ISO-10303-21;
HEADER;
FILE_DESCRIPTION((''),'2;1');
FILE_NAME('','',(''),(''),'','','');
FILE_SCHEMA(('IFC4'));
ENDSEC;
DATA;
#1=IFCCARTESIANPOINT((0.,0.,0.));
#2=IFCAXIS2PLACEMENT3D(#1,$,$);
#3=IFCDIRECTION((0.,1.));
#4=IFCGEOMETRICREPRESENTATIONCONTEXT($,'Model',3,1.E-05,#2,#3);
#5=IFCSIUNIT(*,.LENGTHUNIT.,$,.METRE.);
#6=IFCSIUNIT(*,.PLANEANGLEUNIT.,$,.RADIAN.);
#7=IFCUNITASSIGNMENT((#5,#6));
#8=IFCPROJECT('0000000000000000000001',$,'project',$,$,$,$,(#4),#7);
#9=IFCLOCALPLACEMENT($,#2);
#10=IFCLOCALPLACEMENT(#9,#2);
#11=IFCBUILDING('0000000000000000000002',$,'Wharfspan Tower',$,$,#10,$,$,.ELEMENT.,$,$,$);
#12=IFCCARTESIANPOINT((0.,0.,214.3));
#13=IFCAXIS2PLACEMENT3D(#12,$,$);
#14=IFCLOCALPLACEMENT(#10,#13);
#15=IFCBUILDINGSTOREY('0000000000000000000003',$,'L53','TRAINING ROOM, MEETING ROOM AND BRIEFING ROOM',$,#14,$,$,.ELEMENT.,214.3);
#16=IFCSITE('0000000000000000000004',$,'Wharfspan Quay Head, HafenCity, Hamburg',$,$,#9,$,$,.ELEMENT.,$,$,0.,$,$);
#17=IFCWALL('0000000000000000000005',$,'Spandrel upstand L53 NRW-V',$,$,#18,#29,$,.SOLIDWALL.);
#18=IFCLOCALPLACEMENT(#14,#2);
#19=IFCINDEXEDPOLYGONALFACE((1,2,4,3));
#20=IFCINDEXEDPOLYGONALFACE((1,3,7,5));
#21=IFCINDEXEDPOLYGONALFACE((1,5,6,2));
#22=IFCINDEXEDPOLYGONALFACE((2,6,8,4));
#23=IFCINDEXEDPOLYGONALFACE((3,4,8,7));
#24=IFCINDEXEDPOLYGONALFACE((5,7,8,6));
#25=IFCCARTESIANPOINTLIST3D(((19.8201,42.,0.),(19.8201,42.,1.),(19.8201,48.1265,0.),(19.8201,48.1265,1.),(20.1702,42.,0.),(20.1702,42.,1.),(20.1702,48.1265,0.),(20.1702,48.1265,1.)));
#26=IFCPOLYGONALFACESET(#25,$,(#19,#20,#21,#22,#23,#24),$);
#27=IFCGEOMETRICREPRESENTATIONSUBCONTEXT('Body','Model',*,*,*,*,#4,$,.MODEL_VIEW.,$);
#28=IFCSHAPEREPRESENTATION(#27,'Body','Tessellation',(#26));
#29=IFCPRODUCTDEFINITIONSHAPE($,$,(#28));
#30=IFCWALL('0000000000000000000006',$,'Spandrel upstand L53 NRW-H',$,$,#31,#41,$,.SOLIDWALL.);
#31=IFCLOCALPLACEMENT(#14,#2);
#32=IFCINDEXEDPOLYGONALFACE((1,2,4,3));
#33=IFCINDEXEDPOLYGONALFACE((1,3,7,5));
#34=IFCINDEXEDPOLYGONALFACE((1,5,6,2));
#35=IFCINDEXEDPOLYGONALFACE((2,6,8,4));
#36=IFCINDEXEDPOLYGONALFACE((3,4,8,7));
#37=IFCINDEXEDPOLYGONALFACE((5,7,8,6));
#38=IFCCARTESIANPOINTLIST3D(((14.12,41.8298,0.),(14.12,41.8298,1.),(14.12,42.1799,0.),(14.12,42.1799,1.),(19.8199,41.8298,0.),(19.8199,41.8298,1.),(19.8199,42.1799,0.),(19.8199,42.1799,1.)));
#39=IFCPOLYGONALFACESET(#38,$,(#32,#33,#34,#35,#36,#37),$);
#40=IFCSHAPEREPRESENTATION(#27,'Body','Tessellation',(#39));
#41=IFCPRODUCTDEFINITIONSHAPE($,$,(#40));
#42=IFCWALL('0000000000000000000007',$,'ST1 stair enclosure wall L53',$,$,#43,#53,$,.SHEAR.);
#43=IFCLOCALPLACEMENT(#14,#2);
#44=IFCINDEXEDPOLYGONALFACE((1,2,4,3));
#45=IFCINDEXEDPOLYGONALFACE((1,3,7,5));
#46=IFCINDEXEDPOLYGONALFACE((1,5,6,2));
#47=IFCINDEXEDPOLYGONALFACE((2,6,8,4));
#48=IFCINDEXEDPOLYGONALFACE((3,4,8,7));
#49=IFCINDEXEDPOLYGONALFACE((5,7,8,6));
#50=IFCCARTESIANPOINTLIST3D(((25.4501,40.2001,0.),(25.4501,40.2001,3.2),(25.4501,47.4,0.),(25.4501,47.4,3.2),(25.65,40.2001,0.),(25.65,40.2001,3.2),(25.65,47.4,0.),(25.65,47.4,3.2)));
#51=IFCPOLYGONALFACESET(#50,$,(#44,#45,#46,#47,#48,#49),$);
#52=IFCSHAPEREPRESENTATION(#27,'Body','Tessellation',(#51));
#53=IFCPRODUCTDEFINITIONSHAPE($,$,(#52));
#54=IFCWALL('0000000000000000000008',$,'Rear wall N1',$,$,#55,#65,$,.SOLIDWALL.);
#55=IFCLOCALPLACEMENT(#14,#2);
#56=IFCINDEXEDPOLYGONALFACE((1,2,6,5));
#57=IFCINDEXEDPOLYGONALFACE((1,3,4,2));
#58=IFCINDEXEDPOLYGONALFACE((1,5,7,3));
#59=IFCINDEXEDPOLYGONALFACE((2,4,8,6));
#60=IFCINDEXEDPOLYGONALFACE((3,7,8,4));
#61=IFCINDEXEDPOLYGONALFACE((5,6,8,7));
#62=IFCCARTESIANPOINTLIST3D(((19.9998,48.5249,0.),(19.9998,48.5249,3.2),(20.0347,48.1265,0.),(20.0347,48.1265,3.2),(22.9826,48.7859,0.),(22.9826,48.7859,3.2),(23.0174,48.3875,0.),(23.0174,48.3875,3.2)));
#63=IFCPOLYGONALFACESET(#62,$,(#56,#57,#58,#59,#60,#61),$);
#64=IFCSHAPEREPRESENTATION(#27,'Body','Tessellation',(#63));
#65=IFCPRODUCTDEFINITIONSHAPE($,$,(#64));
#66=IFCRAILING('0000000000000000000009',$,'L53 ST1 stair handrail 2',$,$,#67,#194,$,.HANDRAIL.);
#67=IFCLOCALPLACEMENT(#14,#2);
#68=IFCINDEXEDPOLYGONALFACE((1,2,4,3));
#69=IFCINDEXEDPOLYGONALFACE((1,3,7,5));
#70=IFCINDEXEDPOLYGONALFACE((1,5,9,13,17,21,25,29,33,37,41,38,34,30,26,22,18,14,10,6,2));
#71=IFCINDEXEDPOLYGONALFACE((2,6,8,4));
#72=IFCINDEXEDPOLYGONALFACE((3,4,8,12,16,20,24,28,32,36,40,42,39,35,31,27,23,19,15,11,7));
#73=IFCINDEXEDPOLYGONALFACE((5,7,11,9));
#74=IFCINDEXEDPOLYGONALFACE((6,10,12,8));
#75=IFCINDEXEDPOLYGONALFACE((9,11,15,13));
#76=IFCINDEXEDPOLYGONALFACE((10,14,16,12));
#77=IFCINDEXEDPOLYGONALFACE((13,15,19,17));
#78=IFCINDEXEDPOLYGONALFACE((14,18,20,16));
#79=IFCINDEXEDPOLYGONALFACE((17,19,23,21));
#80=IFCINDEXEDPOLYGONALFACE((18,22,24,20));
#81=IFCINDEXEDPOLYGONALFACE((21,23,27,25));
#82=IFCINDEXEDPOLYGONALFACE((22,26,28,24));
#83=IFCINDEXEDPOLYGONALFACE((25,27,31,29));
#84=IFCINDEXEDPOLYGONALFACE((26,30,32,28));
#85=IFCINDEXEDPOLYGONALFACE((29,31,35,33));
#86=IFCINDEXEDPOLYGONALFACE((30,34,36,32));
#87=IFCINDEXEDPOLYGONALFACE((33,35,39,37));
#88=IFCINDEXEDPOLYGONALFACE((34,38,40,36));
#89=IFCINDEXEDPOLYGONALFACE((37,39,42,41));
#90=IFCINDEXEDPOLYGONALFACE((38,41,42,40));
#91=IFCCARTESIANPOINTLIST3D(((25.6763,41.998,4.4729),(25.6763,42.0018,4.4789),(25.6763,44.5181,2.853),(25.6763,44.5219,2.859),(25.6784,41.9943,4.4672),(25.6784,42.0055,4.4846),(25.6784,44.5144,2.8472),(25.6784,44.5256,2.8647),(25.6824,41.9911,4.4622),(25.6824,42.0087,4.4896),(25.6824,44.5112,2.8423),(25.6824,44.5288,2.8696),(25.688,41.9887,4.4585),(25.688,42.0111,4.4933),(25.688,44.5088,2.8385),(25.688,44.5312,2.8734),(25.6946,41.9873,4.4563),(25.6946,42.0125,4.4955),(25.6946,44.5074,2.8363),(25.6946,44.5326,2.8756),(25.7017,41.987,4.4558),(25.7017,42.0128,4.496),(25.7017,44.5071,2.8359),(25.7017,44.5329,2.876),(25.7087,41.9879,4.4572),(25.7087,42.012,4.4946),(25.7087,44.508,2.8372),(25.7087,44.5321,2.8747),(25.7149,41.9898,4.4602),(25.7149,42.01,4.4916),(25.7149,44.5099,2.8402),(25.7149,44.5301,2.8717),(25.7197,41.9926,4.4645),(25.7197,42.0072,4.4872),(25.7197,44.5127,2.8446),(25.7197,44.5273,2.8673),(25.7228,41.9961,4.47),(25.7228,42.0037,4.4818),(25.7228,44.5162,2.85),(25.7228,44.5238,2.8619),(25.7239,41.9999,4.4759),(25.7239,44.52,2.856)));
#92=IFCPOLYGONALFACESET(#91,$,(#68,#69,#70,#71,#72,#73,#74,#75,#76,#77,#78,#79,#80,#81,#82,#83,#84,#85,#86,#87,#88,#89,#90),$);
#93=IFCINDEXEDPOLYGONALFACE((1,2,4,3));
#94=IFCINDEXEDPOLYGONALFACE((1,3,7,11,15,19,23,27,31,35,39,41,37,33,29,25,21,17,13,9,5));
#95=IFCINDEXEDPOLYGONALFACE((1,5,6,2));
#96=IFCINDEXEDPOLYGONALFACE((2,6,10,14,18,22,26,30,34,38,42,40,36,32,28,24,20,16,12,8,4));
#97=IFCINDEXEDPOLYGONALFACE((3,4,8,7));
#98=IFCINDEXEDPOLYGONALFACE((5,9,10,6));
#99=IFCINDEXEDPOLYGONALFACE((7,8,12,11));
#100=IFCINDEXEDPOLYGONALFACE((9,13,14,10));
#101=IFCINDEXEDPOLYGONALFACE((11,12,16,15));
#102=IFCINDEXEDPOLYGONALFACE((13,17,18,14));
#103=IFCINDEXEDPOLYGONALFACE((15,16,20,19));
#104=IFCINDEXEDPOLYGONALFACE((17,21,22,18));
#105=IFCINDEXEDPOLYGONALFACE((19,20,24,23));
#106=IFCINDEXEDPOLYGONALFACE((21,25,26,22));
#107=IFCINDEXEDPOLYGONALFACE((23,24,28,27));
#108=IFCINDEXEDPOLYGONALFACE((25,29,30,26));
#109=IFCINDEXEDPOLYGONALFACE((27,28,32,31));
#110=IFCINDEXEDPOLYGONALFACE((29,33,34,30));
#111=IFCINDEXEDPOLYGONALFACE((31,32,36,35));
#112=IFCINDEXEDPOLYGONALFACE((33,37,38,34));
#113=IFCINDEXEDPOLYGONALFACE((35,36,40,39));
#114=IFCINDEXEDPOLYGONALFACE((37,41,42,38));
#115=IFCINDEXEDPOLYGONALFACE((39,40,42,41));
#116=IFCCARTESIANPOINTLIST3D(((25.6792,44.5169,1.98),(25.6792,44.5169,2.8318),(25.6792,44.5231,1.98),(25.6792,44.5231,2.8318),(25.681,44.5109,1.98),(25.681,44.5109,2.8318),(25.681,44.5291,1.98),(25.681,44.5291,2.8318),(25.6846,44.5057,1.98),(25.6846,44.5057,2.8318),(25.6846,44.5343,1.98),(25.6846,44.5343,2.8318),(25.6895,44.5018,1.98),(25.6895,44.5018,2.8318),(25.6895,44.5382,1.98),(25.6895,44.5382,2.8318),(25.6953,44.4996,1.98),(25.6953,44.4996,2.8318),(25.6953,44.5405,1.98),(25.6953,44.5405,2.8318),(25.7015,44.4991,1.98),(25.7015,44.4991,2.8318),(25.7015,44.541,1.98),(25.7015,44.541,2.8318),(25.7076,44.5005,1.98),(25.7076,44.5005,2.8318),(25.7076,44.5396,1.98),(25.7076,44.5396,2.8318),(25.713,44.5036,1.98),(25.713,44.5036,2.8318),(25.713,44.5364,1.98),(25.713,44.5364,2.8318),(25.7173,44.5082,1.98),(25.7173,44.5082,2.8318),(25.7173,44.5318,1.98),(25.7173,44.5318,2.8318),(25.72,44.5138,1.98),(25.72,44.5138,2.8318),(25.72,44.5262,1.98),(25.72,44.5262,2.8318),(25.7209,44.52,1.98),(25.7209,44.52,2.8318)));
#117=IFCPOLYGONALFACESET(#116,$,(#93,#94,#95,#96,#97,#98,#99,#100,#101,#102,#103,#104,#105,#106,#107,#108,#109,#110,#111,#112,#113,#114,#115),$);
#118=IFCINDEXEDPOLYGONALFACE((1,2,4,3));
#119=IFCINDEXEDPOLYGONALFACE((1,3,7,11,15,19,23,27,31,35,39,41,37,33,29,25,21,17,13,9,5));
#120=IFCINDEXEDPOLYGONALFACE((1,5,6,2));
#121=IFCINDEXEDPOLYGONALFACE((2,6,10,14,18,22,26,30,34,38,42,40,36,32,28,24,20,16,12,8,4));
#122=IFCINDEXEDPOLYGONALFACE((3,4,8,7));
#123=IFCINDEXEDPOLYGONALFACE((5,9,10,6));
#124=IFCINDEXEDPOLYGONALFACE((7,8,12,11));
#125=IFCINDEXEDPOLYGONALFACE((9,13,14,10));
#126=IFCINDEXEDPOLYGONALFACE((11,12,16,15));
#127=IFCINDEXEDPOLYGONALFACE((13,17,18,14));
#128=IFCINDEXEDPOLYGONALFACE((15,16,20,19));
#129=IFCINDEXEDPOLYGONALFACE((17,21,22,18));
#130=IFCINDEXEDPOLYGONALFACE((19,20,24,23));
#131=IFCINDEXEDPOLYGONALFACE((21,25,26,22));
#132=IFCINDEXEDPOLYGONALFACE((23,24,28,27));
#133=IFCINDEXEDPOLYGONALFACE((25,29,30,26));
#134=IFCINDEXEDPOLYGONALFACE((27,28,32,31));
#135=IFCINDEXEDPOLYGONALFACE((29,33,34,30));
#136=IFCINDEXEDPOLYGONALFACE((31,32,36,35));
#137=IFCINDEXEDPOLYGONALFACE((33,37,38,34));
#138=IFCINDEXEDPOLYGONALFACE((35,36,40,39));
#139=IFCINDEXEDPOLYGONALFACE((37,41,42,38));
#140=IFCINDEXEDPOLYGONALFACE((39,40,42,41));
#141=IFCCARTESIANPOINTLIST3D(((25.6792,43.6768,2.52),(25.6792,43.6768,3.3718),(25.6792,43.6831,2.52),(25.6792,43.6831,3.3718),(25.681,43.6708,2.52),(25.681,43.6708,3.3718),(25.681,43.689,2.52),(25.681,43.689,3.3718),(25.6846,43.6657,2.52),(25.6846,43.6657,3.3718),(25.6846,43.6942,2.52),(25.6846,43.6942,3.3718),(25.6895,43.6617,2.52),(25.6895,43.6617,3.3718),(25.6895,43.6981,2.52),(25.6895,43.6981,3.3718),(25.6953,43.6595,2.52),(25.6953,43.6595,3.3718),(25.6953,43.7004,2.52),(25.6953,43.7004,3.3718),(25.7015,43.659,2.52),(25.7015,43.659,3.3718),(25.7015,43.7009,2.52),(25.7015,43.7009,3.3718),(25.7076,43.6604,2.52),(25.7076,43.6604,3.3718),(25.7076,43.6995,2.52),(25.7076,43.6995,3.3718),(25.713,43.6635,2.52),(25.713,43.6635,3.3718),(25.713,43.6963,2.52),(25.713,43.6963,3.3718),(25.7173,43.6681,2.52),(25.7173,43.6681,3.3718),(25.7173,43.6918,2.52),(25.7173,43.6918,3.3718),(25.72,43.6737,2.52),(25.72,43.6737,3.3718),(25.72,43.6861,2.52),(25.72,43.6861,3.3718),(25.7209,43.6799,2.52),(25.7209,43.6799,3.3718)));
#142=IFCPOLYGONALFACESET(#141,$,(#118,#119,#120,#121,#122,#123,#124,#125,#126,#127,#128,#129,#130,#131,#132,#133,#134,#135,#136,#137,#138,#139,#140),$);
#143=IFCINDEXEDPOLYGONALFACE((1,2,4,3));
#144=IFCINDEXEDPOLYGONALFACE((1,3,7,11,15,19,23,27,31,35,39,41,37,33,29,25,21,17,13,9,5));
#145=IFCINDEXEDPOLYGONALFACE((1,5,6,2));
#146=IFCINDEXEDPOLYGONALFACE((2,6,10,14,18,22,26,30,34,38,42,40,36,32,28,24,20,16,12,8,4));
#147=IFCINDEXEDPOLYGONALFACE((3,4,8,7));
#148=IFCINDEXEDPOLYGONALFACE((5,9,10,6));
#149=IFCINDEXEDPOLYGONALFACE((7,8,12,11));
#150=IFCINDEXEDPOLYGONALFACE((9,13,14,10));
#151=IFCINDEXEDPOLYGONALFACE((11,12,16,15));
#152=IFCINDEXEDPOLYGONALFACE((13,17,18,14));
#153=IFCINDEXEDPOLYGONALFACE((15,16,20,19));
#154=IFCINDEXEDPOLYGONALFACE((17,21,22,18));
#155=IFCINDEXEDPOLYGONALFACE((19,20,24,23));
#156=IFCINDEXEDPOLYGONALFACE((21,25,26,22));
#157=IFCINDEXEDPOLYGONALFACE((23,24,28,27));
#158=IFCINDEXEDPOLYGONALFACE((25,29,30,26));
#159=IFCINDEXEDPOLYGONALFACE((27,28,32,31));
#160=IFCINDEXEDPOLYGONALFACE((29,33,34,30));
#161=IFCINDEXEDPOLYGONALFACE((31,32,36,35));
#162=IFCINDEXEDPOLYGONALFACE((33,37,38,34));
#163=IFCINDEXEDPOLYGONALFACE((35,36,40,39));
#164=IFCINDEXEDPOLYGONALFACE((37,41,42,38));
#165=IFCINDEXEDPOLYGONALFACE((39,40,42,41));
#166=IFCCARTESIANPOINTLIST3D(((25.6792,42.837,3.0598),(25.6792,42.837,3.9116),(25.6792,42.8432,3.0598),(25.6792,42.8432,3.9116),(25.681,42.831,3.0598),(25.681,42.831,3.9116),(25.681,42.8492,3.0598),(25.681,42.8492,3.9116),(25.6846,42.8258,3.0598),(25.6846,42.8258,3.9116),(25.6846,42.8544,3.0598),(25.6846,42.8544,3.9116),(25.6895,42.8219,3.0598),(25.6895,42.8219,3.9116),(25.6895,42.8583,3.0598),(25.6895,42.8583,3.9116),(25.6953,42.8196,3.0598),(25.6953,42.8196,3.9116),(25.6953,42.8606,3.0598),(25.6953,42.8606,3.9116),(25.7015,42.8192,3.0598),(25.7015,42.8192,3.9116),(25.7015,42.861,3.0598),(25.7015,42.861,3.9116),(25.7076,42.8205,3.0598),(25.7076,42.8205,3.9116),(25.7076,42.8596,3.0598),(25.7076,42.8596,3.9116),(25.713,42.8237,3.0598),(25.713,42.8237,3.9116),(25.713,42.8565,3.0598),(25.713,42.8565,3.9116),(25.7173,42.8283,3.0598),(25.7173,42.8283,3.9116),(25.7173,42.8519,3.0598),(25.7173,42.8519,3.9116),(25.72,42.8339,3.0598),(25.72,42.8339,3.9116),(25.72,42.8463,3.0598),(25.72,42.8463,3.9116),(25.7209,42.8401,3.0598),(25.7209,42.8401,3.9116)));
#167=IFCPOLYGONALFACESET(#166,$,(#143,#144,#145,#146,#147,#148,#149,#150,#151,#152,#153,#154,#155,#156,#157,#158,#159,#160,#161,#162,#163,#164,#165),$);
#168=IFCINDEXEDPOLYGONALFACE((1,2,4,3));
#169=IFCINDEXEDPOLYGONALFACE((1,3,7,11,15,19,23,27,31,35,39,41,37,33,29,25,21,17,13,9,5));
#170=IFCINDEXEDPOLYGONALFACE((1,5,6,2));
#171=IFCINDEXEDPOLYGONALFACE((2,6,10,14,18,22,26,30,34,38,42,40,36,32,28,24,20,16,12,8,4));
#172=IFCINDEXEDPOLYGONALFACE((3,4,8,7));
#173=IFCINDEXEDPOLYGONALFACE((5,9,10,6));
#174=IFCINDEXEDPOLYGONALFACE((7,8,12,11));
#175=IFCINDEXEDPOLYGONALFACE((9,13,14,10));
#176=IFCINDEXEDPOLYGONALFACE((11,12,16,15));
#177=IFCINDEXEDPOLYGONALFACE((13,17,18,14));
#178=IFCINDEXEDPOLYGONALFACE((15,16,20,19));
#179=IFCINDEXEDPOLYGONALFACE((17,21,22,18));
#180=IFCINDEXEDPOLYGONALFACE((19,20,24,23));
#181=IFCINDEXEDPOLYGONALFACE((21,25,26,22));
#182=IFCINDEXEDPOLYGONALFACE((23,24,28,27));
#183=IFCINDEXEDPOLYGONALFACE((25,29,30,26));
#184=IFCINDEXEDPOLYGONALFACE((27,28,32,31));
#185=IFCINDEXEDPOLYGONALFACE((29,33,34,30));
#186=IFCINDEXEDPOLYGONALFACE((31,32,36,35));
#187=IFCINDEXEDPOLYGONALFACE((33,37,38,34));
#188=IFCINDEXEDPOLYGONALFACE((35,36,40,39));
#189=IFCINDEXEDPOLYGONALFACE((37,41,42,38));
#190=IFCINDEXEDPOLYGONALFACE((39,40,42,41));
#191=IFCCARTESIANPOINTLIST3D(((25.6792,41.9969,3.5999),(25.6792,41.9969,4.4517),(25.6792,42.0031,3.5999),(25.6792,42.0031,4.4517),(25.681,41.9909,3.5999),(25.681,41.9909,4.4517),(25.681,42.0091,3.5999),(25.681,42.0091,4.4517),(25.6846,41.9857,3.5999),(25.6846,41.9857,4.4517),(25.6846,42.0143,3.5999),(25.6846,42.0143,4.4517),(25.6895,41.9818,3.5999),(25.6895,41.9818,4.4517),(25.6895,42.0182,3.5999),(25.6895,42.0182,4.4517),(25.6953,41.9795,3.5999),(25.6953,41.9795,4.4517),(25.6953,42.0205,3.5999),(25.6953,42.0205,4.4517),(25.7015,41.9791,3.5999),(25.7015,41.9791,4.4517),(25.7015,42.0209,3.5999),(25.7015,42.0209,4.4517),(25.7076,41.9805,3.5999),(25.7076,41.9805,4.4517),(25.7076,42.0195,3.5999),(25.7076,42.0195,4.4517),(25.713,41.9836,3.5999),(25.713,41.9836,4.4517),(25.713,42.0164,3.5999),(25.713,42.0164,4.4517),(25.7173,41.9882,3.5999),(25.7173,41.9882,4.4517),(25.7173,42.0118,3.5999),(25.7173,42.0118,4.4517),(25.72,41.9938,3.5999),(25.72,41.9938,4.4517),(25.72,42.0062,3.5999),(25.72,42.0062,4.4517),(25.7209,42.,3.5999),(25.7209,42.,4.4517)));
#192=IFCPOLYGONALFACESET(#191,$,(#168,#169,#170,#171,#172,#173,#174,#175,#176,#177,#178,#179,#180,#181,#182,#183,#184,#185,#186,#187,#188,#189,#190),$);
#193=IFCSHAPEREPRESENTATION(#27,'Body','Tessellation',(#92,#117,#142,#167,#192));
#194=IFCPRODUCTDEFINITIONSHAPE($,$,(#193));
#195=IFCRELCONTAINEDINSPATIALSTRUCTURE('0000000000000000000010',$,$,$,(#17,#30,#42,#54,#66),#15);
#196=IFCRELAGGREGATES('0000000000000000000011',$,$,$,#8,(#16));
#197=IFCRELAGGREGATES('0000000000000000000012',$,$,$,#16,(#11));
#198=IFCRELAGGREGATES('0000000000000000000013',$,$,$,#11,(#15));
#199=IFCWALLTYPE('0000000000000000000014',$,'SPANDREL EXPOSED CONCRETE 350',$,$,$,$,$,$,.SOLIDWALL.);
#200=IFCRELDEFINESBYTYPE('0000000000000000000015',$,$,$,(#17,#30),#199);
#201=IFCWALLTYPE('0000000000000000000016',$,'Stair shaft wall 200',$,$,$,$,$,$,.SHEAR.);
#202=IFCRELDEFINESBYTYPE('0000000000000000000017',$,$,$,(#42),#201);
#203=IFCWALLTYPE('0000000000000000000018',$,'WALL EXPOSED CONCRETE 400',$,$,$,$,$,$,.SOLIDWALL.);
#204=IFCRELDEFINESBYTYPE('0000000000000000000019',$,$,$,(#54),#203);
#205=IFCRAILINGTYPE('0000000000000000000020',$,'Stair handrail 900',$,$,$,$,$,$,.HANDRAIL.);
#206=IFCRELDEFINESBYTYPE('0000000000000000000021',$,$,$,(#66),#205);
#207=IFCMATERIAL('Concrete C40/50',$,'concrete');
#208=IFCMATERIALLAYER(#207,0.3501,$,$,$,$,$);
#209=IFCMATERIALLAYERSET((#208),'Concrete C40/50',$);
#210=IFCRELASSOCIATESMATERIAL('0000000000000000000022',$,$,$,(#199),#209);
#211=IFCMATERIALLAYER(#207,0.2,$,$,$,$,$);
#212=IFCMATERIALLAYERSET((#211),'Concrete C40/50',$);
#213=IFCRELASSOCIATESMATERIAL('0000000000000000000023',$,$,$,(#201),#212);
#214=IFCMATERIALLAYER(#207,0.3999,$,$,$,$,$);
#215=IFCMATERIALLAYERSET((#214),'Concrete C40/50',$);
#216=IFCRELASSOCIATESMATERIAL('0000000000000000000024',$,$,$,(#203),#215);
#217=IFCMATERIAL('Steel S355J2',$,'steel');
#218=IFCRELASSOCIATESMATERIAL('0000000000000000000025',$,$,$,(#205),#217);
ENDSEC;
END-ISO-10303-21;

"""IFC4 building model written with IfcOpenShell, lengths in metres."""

from ifc_helpers import new_model, si_unit, direction, frame, frame_2d, origin, origin_2d, place, context, subcontext, project, spatial, rectangle, circle, extrude, material, layer, layer_set, type_object, element, save


model = new_model("IFC4")

# Units and contexts
model_context = context("Model", 3, precision=1e-05, world=origin(), true_north=direction((0.0, 1.0)))
body_context = subcontext(model_context, "Body", "Model", "MODEL_VIEW")
ifc_project = project(units=[si_unit("LENGTHUNIT", "METRE"), si_unit("PLANEANGLEUNIT", "RADIAN")], contexts=[model_context])

# Site, building, storey
site_placement = place(None, origin())
site = spatial("IfcSite", under=ifc_project, at=site_placement, Name="Wharfspan Quay Head, HafenCity, Hamburg", CompositionType="ELEMENT", RefElevation=0.0)
building_placement = place(site_placement, origin())
building = spatial("IfcBuilding", under=site, at=building_placement, Name="Wharfspan Tower", CompositionType="ELEMENT")
storey_placement = place(building_placement, frame((0.0, 0.0, 214.3)))
storey = spatial("IfcBuildingStorey", under=building, at=storey_placement, Name="L53", Description="TRAINING ROOM, MEETING ROOM AND BRIEFING ROOM", CompositionType="ELEMENT", Elevation=214.3)

# Shared definitions
ifc_material_1 = material(Name="Steel S355J2", Category="steel")

# Walls
ifc_material_2 = material(Name="Concrete C40/50", Category="concrete")
ifc_layer_1 = layer(ifc_material_2, 0.3501)
ifc_layer_set_1 = layer_set([ifc_layer_1], Name="Concrete C40/50")
wall_type_1 = type_object("IfcWallType", Name="SPANDREL EXPOSED CONCRETE 350", PredefinedType="SOLIDWALL", material=ifc_layer_set_1)
wall_1_placement = place(storey_placement, frame((19.9951, 48.1265, 0.0), z_axis=(0.0, 0.0, 1.0), x_axis=(0.0, -1.0, 0.0)))
element("IfcWall", 1, at=wall_1_placement, inside=storey, type_object=wall_type_1, Name="Spandrel upstand L53 NRW-V", PredefinedType="SOLIDWALL", context=body_context, shape_type="SweptSolid", body=[
    extrude(rectangle(XDim=6.1265, YDim=0.3501, at=frame_2d((3.0632, 0.0))), origin(), (0.0, 0.0, 1.0), 1.0),
])
wall_2_placement = place(storey_placement, frame((19.8201, 42.0049, 0.0), z_axis=(0.0, 0.0, 1.0), x_axis=(-1.0, 0.0, 0.0)))
element("IfcWall", 2, at=wall_2_placement, inside=storey, type_object=wall_type_1, Name="Spandrel upstand L53 NRW-H", PredefinedType="SOLIDWALL", context=body_context, shape_type="SweptSolid", body=[
    extrude(rectangle(XDim=5.7, YDim=0.3501, at=frame_2d((2.8501, 0.0))), origin(), (0.0, 0.0, 1.0), 1.0),
])
ifc_layer_2 = layer(ifc_material_2, 0.2)
ifc_layer_set_2 = layer_set([ifc_layer_2], Name="Concrete C40/50")
wall_type_2 = type_object("IfcWallType", Name="Stair shaft wall 200", PredefinedType="SHEAR", material=ifc_layer_set_2)
wall_3_placement = place(storey_placement, frame((25.55, 40.2, 0.0), z_axis=(0.0, 0.0, 1.0), x_axis=(0.0, 1.0, 0.0)))
element("IfcWall", 3, at=wall_3_placement, inside=storey, type_object=wall_type_2, Name="ST1 stair enclosure wall L53", PredefinedType="SHEAR", context=body_context, shape_type="SweptSolid", body=[
    extrude(rectangle(XDim=7.2, YDim=0.2, at=frame_2d((3.6001, 0.0))), origin(), (0.0, 0.0, 1.0), 3.2),
])
ifc_layer_3 = layer(ifc_material_2, 0.3999)
ifc_layer_set_3 = layer_set([ifc_layer_3], Name="Concrete C40/50")
wall_type_3 = type_object("IfcWallType", Name="WALL EXPOSED CONCRETE 400", PredefinedType="SOLIDWALL", material=ifc_layer_set_3)
wall_4_placement = place(storey_placement, frame((23.0, 48.5867, 0.0), z_axis=(0.0, 0.0, 1.0), x_axis=(-0.996194, -0.087168, 0.0)))
element("IfcWall", 4, at=wall_4_placement, inside=storey, type_object=wall_type_3, Name="Rear wall N1", PredefinedType="SOLIDWALL", context=body_context, shape_type="SweptSolid", body=[
    extrude(rectangle(XDim=2.9941, YDim=0.3999, at=frame_2d((1.4971, 0.0))), origin(), (0.0, 0.0, 1.0), 3.2),
])

# Railing
railing_type = type_object("IfcRailingType", Name="Stair handrail 900", PredefinedType="HANDRAIL", material=ifc_material_1)
railing_placement = place(storey_placement, frame((25.7, 44.52, 1.98)))
element("IfcRailing", 5, at=railing_placement, inside=storey, type_object=railing_type, Name="L53 ST1 stair handrail 2", PredefinedType="HANDRAIL", context=body_context, shape_type="SweptSolid", body=[
    extrude(circle(Radius=0.0239, at=origin_2d()), frame((0.0, 0.0, 0.876), z_axis=(0.0, -0.8412, 0.540725), x_axis=(1.0, 0.0, 0.0)), (0.0, 0.0, 1.0), 2.9958),
    extrude(circle(Radius=0.021, at=origin_2d()), origin(), (0.0, 0.0, 1.0), 0.8518),
    extrude(circle(Radius=0.021, at=origin_2d()), frame((0.0, -0.8401, 0.54)), (0.0, 0.0, 1.0), 0.8518),
    extrude(circle(Radius=0.021, at=origin_2d()), frame((0.0, -1.6799, 1.0798)), (0.0, 0.0, 1.0), 0.8518),
    extrude(circle(Radius=0.021, at=origin_2d()), frame((0.0, -2.52, 1.6199)), (0.0, 0.0, 1.0), 0.8518),
])

save(model, "model.ifc")
